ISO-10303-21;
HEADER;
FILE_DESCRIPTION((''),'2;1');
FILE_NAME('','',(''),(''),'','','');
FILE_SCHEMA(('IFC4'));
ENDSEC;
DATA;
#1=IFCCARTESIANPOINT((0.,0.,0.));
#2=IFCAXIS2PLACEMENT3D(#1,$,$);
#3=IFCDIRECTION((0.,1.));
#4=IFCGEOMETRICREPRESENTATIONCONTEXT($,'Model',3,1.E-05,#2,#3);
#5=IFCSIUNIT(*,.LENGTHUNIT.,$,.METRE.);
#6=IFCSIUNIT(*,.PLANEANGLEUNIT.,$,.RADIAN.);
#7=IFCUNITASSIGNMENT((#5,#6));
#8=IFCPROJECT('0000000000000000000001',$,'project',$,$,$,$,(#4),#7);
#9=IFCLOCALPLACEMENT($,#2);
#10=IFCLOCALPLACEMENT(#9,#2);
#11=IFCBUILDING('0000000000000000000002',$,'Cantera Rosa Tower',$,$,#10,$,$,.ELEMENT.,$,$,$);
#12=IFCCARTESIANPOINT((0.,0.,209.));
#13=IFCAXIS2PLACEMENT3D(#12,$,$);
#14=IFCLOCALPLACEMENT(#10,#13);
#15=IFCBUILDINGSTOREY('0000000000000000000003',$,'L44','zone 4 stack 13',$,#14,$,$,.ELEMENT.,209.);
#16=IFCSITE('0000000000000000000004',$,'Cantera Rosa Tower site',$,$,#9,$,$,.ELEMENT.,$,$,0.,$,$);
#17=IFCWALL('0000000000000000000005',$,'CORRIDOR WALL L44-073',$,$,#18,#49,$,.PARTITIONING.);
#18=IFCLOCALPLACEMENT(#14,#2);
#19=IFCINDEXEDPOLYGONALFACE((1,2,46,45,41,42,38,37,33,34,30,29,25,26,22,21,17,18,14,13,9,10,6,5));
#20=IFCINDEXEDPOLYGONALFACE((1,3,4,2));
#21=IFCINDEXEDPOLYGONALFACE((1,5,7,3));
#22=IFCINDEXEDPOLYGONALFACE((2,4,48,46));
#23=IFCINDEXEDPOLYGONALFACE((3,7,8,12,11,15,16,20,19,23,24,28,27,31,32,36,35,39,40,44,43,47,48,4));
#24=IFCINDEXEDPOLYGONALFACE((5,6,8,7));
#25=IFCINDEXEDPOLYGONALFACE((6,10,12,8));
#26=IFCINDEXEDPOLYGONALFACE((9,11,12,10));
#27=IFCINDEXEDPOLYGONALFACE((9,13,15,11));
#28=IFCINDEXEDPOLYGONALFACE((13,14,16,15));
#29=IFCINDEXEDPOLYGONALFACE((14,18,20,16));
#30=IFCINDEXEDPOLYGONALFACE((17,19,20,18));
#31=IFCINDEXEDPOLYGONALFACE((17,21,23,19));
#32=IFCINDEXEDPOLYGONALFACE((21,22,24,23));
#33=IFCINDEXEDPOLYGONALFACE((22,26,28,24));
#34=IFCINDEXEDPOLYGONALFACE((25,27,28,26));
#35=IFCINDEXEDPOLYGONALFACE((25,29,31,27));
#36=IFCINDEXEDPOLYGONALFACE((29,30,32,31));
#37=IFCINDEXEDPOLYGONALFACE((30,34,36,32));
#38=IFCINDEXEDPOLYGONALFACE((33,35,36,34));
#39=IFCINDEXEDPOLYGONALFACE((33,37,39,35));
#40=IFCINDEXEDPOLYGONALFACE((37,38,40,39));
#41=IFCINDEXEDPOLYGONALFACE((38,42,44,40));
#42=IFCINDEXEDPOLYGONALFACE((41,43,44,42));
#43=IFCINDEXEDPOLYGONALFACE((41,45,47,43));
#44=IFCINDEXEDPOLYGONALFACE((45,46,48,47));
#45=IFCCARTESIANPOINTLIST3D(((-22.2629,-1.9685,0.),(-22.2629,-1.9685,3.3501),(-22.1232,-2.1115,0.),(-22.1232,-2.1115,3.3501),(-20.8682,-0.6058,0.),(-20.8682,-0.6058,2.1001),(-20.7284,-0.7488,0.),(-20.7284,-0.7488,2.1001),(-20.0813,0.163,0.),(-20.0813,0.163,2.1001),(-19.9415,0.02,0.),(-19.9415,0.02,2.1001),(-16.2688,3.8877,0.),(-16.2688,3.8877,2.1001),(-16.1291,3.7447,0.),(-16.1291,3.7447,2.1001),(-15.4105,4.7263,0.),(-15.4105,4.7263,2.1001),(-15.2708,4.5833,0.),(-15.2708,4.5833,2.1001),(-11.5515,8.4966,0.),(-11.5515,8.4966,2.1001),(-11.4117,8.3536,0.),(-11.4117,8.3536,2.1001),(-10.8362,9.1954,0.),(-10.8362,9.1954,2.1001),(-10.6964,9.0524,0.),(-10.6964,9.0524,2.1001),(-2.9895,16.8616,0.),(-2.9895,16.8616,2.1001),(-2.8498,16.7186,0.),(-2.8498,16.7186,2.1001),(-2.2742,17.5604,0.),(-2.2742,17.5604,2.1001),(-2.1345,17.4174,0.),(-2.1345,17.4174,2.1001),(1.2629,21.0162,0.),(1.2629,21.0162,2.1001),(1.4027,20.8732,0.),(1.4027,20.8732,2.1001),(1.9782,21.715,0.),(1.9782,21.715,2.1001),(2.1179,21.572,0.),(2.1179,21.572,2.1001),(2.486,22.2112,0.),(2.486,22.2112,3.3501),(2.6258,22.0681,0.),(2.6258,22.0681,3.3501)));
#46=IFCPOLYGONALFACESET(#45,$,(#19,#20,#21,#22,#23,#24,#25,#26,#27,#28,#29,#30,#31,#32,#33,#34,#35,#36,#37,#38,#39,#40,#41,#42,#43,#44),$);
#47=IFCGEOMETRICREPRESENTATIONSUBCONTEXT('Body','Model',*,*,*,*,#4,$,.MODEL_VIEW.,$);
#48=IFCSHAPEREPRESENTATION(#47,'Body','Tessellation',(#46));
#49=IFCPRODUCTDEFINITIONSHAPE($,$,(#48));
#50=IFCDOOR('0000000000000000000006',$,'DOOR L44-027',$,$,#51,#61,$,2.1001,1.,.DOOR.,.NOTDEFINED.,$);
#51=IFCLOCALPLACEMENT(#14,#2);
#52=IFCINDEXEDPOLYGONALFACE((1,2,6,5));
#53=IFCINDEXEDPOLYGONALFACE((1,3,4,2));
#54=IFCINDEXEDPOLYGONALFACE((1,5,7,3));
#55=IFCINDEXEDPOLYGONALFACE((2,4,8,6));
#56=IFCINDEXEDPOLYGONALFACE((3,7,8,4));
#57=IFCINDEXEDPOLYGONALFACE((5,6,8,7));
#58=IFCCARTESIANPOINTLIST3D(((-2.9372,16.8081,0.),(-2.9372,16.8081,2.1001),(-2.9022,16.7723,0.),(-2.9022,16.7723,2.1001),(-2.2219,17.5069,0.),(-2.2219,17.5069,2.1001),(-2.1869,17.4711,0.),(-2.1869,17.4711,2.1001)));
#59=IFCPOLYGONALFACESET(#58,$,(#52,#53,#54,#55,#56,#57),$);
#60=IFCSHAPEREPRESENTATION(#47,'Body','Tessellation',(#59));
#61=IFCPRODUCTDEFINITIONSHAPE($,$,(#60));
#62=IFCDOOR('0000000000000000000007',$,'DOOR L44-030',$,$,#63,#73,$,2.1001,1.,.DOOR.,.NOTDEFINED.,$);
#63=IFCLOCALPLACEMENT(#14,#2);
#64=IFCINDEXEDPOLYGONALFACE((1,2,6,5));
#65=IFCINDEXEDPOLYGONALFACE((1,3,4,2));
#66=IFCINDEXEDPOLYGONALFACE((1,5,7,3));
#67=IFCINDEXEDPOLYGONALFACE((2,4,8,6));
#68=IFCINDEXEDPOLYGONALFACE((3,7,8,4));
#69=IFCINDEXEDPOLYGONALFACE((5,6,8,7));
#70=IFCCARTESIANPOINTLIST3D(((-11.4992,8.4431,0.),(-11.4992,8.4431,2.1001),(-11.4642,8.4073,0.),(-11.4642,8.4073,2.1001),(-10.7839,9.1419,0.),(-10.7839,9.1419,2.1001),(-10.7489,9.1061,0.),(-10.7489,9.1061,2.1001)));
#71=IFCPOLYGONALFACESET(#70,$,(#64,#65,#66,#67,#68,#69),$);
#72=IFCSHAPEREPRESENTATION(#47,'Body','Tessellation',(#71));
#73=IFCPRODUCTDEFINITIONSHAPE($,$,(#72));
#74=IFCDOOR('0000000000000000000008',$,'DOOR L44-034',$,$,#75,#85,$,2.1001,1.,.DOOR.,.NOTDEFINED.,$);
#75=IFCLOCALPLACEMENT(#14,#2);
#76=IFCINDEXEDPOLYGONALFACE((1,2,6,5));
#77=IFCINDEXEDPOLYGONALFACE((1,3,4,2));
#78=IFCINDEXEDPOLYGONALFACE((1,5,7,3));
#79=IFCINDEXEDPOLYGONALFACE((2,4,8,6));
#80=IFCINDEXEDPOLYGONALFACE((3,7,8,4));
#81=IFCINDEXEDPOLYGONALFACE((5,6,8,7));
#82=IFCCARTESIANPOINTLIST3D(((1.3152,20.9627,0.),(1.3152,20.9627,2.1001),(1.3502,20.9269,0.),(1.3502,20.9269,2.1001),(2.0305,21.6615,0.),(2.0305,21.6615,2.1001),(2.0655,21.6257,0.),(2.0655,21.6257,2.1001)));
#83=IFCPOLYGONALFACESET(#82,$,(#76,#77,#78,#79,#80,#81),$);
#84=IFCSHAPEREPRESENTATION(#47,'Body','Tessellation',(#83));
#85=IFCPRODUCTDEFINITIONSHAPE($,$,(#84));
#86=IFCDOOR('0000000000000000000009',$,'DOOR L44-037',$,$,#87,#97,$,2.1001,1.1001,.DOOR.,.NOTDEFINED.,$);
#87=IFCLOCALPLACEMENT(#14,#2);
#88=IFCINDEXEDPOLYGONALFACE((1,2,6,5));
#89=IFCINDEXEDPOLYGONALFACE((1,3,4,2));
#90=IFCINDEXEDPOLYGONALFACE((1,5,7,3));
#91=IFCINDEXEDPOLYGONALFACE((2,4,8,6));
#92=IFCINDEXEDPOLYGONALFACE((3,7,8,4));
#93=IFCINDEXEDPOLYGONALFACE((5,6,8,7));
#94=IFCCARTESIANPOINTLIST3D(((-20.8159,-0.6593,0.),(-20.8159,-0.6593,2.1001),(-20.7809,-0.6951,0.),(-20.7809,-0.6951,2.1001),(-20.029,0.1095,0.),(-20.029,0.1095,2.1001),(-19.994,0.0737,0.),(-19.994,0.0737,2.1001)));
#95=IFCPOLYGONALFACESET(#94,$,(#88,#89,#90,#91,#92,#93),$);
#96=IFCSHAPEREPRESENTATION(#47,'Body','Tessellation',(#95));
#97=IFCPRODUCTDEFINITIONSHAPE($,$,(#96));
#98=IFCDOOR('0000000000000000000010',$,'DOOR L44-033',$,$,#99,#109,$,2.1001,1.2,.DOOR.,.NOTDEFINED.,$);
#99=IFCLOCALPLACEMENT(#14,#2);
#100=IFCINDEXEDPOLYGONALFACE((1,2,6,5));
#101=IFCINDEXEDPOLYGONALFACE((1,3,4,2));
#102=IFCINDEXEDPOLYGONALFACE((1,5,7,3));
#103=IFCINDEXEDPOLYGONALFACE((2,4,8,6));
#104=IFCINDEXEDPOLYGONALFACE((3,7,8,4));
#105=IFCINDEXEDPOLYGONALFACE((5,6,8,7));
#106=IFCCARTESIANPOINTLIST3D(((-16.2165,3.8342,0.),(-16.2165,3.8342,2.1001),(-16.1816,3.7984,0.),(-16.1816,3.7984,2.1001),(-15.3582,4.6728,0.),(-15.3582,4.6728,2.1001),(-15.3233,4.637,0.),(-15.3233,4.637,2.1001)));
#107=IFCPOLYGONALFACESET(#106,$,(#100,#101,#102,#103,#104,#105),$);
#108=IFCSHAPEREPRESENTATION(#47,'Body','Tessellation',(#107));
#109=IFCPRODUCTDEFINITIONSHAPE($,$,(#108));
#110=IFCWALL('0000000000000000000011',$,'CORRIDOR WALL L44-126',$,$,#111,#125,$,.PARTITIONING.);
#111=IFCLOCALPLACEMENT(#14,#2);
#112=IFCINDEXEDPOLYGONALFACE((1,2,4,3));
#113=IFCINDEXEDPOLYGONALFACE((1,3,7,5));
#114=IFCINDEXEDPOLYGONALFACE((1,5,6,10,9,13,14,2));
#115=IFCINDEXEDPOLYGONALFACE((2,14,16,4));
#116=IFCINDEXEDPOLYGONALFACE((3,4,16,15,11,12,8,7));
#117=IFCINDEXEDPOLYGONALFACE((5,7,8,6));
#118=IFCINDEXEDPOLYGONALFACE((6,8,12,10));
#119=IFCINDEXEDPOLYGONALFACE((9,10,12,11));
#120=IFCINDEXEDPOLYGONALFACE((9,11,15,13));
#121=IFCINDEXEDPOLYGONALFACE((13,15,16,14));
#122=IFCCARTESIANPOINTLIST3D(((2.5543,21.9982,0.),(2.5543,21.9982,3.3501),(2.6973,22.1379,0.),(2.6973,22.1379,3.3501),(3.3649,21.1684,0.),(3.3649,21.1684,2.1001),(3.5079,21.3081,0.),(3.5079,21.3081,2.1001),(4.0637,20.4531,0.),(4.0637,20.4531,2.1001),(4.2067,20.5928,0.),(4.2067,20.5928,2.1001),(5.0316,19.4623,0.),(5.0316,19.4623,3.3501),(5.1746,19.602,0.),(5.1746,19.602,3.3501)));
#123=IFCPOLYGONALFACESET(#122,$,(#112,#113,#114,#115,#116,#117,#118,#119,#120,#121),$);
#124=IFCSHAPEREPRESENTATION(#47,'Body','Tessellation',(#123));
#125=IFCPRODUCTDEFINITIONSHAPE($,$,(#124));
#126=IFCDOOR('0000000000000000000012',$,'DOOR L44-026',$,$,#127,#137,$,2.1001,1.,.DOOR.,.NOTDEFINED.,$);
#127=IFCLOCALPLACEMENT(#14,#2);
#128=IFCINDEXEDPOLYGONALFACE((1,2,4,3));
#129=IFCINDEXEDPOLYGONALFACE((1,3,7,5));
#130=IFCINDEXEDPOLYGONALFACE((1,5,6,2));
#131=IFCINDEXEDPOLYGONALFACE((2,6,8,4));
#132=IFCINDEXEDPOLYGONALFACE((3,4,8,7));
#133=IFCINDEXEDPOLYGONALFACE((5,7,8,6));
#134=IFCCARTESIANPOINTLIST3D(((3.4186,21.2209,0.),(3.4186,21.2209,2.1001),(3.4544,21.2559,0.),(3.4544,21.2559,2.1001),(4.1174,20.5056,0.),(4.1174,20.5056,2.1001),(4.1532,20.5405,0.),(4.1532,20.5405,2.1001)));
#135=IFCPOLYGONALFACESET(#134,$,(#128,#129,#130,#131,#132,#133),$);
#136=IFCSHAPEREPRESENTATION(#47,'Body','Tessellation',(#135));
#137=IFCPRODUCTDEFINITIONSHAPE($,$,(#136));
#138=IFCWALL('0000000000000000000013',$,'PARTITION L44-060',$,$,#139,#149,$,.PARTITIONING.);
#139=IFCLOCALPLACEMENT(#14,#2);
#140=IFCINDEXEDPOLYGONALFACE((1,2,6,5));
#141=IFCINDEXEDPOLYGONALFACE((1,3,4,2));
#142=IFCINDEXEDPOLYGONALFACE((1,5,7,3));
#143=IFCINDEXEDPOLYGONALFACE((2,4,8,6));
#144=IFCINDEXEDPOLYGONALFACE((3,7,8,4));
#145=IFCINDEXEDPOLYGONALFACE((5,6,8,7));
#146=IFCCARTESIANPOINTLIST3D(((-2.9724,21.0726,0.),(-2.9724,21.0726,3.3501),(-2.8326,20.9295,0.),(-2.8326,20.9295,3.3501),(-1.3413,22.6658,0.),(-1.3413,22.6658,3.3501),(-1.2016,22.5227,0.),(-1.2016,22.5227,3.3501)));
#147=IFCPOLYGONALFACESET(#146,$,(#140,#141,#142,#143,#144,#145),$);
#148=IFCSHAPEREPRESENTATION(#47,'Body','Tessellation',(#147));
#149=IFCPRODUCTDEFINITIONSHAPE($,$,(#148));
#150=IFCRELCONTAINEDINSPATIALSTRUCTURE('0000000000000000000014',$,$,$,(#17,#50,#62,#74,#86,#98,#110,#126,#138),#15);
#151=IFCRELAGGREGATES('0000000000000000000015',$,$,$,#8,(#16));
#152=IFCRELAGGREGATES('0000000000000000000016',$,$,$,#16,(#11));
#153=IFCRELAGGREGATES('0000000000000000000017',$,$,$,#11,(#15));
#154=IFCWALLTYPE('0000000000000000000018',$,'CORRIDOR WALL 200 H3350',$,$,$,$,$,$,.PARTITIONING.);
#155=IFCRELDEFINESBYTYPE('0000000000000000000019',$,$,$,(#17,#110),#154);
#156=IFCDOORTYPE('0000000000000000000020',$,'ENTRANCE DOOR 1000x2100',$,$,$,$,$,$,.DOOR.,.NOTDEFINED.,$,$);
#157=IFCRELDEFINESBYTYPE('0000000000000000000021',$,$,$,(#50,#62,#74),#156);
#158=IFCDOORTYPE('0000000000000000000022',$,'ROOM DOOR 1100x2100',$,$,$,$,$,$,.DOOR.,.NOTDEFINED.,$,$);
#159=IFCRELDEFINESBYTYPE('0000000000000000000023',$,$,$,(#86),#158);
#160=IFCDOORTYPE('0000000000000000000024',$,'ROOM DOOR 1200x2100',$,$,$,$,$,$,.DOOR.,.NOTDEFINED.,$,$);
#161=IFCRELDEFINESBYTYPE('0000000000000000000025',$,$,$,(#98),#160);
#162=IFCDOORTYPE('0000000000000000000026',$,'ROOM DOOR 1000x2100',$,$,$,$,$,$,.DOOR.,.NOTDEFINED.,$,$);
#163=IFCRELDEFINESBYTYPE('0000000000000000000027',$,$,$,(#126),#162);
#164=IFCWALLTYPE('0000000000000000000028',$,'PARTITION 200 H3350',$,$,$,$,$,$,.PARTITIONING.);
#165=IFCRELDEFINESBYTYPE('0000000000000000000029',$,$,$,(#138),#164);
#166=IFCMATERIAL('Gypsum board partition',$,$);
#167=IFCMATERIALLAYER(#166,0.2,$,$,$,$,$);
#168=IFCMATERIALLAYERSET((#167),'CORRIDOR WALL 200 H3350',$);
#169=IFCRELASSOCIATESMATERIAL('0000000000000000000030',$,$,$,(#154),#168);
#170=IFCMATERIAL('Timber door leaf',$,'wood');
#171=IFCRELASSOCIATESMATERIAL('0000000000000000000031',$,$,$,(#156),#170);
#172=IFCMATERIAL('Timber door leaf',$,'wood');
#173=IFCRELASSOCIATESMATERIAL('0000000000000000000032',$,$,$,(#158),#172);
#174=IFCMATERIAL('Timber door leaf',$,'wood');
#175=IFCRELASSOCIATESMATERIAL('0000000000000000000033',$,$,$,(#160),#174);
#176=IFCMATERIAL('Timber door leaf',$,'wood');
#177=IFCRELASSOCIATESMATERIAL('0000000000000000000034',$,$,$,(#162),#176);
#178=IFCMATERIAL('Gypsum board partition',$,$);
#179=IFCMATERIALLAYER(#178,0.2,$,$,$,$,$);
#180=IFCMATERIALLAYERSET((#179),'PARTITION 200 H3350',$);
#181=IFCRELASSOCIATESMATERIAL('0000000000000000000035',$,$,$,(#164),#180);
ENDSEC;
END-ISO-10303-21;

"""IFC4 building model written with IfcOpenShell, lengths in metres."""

from ifc_helpers import new_model, si_unit, direction, frame, frame_2d, origin, place, context, subcontext, project, spatial, rectangle, extrude, material, layer, layer_set, type_object, element, fill, save


model = new_model("IFC4")

# Units and contexts
model_context = context("Model", 3, precision=1e-05, world=origin(), true_north=direction((0.0, 1.0)))
body_context = subcontext(model_context, "Body", "Model", "MODEL_VIEW")
ifc_project = project(units=[si_unit("LENGTHUNIT", "METRE"), si_unit("PLANEANGLEUNIT", "RADIAN")], contexts=[model_context])

# Site, building, storey
site_placement = place(None, origin())
site = spatial("IfcSite", under=ifc_project, at=site_placement, Name="Cantera Rosa Tower site", CompositionType="ELEMENT", RefElevation=0.0)
building_placement = place(site_placement, origin())
building = spatial("IfcBuilding", under=site, at=building_placement, Name="Cantera Rosa Tower", CompositionType="ELEMENT")
storey_placement = place(building_placement, frame((0.0, 0.0, 209.0)))
storey = spatial("IfcBuildingStorey", under=building, at=storey_placement, Name="L44", Description="zone 4 stack 13", CompositionType="ELEMENT", Elevation=209.0)

# Shared definitions
ifc_material_1 = material(Name="Gypsum board partition")
ifc_layer_1 = layer(ifc_material_1, 0.2)
ifc_layer_set_1 = layer_set([ifc_layer_1], Name="CORRIDOR WALL 200 H3350")
wall_type_1 = type_object("IfcWallType", Name="CORRIDOR WALL 200 H3350", PredefinedType="PARTITIONING", material=ifc_layer_set_1)

# Wall, openings, doors
wall_1_placement = place(storey_placement, frame((2.5559, 22.1396, 0.0), z_axis=(0.0, 0.0, 1.0), x_axis=(-0.715286, -0.698832, 0.0)))
wall_1 = element("IfcWall", 1, at=wall_1_placement, inside=storey, type_object=wall_type_1, Name="CORRIDOR WALL L44-073", PredefinedType="PARTITIONING", context=body_context, shape_type="SweptSolid", body=[
    extrude(rectangle(XDim=34.6001, YDim=0.2, at=frame_2d((17.3, 0.0))), origin(), (0.0, 0.0, 1.0), 3.3501),
])
opening_1_placement = place(wall_1_placement, frame((6.655, 0.0, 0.0)))
opening_1 = element("IfcOpeningElement", 2, at=opening_1_placement, cuts=wall_1, PredefinedType="OPENING", context=body_context, shape_type="SweptSolid", body=[
    extrude(rectangle(XDim=1.0, YDim=2.1001, at=frame_2d((0.5, 1.05))), frame((0.0, 0.1099, 0.0), z_axis=(0.0, -1.0, 0.0), x_axis=(1.0, 0.0, 0.0)), (0.0, 0.0, 1.0), 0.22),
])
opening_2_placement = place(wall_1_placement, frame((18.625, 0.0, 0.0)))
opening_2 = element("IfcOpeningElement", 3, at=opening_2_placement, cuts=wall_1, PredefinedType="OPENING", context=body_context, shape_type="SweptSolid", body=[
    extrude(rectangle(XDim=1.0, YDim=2.1001, at=frame_2d((0.5, 1.05))), frame((0.0, 0.1099, 0.0), z_axis=(0.0, -1.0, 0.0), x_axis=(1.0, 0.0, 0.0)), (0.0, 0.0, 1.0), 0.22),
])
opening_3_placement = place(wall_1_placement, frame((25.02, 0.0, 0.0)))
opening_3 = element("IfcOpeningElement", 4, at=opening_3_placement, cuts=wall_1, PredefinedType="OPENING", context=body_context, shape_type="SweptSolid", body=[
    extrude(rectangle(XDim=1.2, YDim=2.1001, at=frame_2d((0.6001, 1.05))), frame((0.0, 0.1099, 0.0), z_axis=(0.0, -1.0, 0.0), x_axis=(1.0, 0.0, 0.0)), (0.0, 0.0, 1.0), 0.22),
])
opening_4_placement = place(wall_1_placement, frame((0.71, 0.0, 0.0)))
opening_4 = element("IfcOpeningElement", 5, at=opening_4_placement, cuts=wall_1, PredefinedType="OPENING", context=body_context, shape_type="SweptSolid", body=[
    extrude(rectangle(XDim=1.0, YDim=2.1001, at=frame_2d((0.5, 1.05))), frame((0.0, 0.1099, 0.0), z_axis=(0.0, -1.0, 0.0), x_axis=(1.0, 0.0, 0.0)), (0.0, 0.0, 1.0), 0.22),
])
opening_5_placement = place(wall_1_placement, frame((31.55, 0.0, 0.0)))
opening_5 = element("IfcOpeningElement", 6, at=opening_5_placement, cuts=wall_1, PredefinedType="OPENING", context=body_context, shape_type="SweptSolid", body=[
    extrude(rectangle(XDim=1.1001, YDim=2.1001, at=frame_2d((0.55, 1.05))), frame((0.0, 0.1099, 0.0), z_axis=(0.0, -1.0, 0.0), x_axis=(1.0, 0.0, 0.0)), (0.0, 0.0, 1.0), 0.22),
])
ifc_material_2 = material(Name="Timber door leaf", Category="wood")
door_type_1 = type_object("IfcDoorType", Name="ENTRANCE DOOR 1000x2100", OperationType="NOTDEFINED", PredefinedType="DOOR", material=ifc_material_2)
door_1_placement = place(opening_1_placement, origin())
door_1 = element("IfcDoor", 7, at=door_1_placement, inside=storey, type_object=door_type_1, Name="DOOR L44-027", OperationType="NOTDEFINED", OverallHeight=2.1001, OverallWidth=1.0, PredefinedType="DOOR", context=body_context, shape_type="SweptSolid", body=[
    extrude(rectangle(XDim=1.0, YDim=2.1001, at=frame_2d((0.5, 1.05))), frame((0.0, 0.0249, 0.0), z_axis=(0.0, -1.0, 0.0), x_axis=(1.0, 0.0, 0.0)), (0.0, 0.0, 1.0), 0.05),
])
fill(opening_1, door_1)
door_2_placement = place(opening_2_placement, origin())
door_2 = element("IfcDoor", 8, at=door_2_placement, inside=storey, type_object=door_type_1, Name="DOOR L44-030", OperationType="NOTDEFINED", OverallHeight=2.1001, OverallWidth=1.0, PredefinedType="DOOR", context=body_context, shape_type="SweptSolid", body=[
    extrude(rectangle(XDim=1.0, YDim=2.1001, at=frame_2d((0.5, 1.05))), frame((0.0, 0.0249, 0.0), z_axis=(0.0, -1.0, 0.0), x_axis=(1.0, 0.0, 0.0)), (0.0, 0.0, 1.0), 0.05),
])
fill(opening_2, door_2)
door_3_placement = place(opening_4_placement, origin())
door_3 = element("IfcDoor", 9, at=door_3_placement, inside=storey, type_object=door_type_1, Name="DOOR L44-034", OperationType="NOTDEFINED", OverallHeight=2.1001, OverallWidth=1.0, PredefinedType="DOOR", context=body_context, shape_type="SweptSolid", body=[
    extrude(rectangle(XDim=1.0, YDim=2.1001, at=frame_2d((0.5, 1.05))), frame((0.0, 0.0249, 0.0), z_axis=(0.0, -1.0, 0.0), x_axis=(1.0, 0.0, 0.0)), (0.0, 0.0, 1.0), 0.05),
])
fill(opening_4, door_3)
ifc_material_3 = material(Name="Timber door leaf", Category="wood")
door_type_2 = type_object("IfcDoorType", Name="ROOM DOOR 1100x2100", OperationType="NOTDEFINED", PredefinedType="DOOR", material=ifc_material_3)
door_4_placement = place(opening_5_placement, origin())
door_4 = element("IfcDoor", 10, at=door_4_placement, inside=storey, type_object=door_type_2, Name="DOOR L44-037", OperationType="NOTDEFINED", OverallHeight=2.1001, OverallWidth=1.1001, PredefinedType="DOOR", context=body_context, shape_type="SweptSolid", body=[
    extrude(rectangle(XDim=1.1001, YDim=2.1001, at=frame_2d((0.55, 1.05))), frame((0.0, 0.0249, 0.0), z_axis=(0.0, -1.0, 0.0), x_axis=(1.0, 0.0, 0.0)), (0.0, 0.0, 1.0), 0.05),
])
fill(opening_5, door_4)
ifc_material_4 = material(Name="Timber door leaf", Category="wood")
door_type_3 = type_object("IfcDoorType", Name="ROOM DOOR 1200x2100", OperationType="NOTDEFINED", PredefinedType="DOOR", material=ifc_material_4)
door_5_placement = place(opening_3_placement, origin())
door_5 = element("IfcDoor", 11, at=door_5_placement, inside=storey, type_object=door_type_3, Name="DOOR L44-033", OperationType="NOTDEFINED", OverallHeight=2.1001, OverallWidth=1.2, PredefinedType="DOOR", context=body_context, shape_type="SweptSolid", body=[
    extrude(rectangle(XDim=1.2, YDim=2.1001, at=frame_2d((0.6001, 1.05))), frame((0.0, 0.0249, 0.0), z_axis=(0.0, -1.0, 0.0), x_axis=(1.0, 0.0, 0.0)), (0.0, 0.0, 1.0), 0.05),
])
fill(opening_3, door_5)

# Wall, opening, door
wall_2_placement = place(storey_placement, frame((5.103, 19.5322, 0.0), z_axis=(0.0, 0.0, 1.0), x_axis=(-0.698794, 0.715323, 0.0)))
wall_2 = element("IfcWall", 12, at=wall_2_placement, inside=storey, type_object=wall_type_1, Name="CORRIDOR WALL L44-126", PredefinedType="PARTITIONING", context=body_context, shape_type="SweptSolid", body=[
    extrude(rectangle(XDim=3.5452, YDim=0.2, at=frame_2d((1.7725, 0.0))), origin(), (0.0, 0.0, 1.0), 3.3501),
])
opening_6_placement = place(wall_2_placement, frame((1.385, 0.0, 0.0)))
opening_6 = element("IfcOpeningElement", 13, at=opening_6_placement, cuts=wall_2, PredefinedType="OPENING", context=body_context, shape_type="SweptSolid", body=[
    extrude(rectangle(XDim=1.0, YDim=2.1001, at=frame_2d((0.5, 1.05))), frame((0.0, 0.1099, 0.0), z_axis=(0.0, -1.0, 0.0), x_axis=(1.0, 0.0, 0.0)), (0.0, 0.0, 1.0), 0.22),
])
ifc_material_5 = material(Name="Timber door leaf", Category="wood")
door_type_4 = type_object("IfcDoorType", Name="ROOM DOOR 1000x2100", OperationType="NOTDEFINED", PredefinedType="DOOR", material=ifc_material_5)
door_6_placement = place(opening_6_placement, origin())
door_6 = element("IfcDoor", 14, at=door_6_placement, inside=storey, type_object=door_type_4, Name="DOOR L44-026", OperationType="NOTDEFINED", OverallHeight=2.1001, OverallWidth=1.0, PredefinedType="DOOR", context=body_context, shape_type="SweptSolid", body=[
    extrude(rectangle(XDim=1.0, YDim=2.1001, at=frame_2d((0.5, 1.05))), frame((0.0, 0.0249, 0.0), z_axis=(0.0, -1.0, 0.0), x_axis=(1.0, 0.0, 0.0)), (0.0, 0.0, 1.0), 0.05),
])
fill(opening_6, door_6)

# Wall
ifc_material_6 = material(Name="Gypsum board partition")
ifc_layer_2 = layer(ifc_material_6, 0.2)
ifc_layer_set_2 = layer_set([ifc_layer_2], Name="PARTITION 200 H3350")
wall_type_2 = type_object("IfcWallType", Name="PARTITION 200 H3350", PredefinedType="PARTITIONING", material=ifc_layer_set_2)
wall_3_placement = place(storey_placement, frame((-2.9026, 21.001, 0.0), z_axis=(0.0, 0.0, 1.0), x_axis=(0.715356, 0.69876, 0.0)))
element("IfcWall", 15, at=wall_3_placement, inside=storey, type_object=wall_type_2, Name="PARTITION L44-060", PredefinedType="PARTITIONING", context=body_context, shape_type="SweptSolid", body=[
    extrude(rectangle(XDim=2.28, YDim=0.2, at=frame_2d((1.1401, 0.0))), origin(), (0.0, 0.0, 1.0), 3.3501),
])

save(model, "model.ifc")
